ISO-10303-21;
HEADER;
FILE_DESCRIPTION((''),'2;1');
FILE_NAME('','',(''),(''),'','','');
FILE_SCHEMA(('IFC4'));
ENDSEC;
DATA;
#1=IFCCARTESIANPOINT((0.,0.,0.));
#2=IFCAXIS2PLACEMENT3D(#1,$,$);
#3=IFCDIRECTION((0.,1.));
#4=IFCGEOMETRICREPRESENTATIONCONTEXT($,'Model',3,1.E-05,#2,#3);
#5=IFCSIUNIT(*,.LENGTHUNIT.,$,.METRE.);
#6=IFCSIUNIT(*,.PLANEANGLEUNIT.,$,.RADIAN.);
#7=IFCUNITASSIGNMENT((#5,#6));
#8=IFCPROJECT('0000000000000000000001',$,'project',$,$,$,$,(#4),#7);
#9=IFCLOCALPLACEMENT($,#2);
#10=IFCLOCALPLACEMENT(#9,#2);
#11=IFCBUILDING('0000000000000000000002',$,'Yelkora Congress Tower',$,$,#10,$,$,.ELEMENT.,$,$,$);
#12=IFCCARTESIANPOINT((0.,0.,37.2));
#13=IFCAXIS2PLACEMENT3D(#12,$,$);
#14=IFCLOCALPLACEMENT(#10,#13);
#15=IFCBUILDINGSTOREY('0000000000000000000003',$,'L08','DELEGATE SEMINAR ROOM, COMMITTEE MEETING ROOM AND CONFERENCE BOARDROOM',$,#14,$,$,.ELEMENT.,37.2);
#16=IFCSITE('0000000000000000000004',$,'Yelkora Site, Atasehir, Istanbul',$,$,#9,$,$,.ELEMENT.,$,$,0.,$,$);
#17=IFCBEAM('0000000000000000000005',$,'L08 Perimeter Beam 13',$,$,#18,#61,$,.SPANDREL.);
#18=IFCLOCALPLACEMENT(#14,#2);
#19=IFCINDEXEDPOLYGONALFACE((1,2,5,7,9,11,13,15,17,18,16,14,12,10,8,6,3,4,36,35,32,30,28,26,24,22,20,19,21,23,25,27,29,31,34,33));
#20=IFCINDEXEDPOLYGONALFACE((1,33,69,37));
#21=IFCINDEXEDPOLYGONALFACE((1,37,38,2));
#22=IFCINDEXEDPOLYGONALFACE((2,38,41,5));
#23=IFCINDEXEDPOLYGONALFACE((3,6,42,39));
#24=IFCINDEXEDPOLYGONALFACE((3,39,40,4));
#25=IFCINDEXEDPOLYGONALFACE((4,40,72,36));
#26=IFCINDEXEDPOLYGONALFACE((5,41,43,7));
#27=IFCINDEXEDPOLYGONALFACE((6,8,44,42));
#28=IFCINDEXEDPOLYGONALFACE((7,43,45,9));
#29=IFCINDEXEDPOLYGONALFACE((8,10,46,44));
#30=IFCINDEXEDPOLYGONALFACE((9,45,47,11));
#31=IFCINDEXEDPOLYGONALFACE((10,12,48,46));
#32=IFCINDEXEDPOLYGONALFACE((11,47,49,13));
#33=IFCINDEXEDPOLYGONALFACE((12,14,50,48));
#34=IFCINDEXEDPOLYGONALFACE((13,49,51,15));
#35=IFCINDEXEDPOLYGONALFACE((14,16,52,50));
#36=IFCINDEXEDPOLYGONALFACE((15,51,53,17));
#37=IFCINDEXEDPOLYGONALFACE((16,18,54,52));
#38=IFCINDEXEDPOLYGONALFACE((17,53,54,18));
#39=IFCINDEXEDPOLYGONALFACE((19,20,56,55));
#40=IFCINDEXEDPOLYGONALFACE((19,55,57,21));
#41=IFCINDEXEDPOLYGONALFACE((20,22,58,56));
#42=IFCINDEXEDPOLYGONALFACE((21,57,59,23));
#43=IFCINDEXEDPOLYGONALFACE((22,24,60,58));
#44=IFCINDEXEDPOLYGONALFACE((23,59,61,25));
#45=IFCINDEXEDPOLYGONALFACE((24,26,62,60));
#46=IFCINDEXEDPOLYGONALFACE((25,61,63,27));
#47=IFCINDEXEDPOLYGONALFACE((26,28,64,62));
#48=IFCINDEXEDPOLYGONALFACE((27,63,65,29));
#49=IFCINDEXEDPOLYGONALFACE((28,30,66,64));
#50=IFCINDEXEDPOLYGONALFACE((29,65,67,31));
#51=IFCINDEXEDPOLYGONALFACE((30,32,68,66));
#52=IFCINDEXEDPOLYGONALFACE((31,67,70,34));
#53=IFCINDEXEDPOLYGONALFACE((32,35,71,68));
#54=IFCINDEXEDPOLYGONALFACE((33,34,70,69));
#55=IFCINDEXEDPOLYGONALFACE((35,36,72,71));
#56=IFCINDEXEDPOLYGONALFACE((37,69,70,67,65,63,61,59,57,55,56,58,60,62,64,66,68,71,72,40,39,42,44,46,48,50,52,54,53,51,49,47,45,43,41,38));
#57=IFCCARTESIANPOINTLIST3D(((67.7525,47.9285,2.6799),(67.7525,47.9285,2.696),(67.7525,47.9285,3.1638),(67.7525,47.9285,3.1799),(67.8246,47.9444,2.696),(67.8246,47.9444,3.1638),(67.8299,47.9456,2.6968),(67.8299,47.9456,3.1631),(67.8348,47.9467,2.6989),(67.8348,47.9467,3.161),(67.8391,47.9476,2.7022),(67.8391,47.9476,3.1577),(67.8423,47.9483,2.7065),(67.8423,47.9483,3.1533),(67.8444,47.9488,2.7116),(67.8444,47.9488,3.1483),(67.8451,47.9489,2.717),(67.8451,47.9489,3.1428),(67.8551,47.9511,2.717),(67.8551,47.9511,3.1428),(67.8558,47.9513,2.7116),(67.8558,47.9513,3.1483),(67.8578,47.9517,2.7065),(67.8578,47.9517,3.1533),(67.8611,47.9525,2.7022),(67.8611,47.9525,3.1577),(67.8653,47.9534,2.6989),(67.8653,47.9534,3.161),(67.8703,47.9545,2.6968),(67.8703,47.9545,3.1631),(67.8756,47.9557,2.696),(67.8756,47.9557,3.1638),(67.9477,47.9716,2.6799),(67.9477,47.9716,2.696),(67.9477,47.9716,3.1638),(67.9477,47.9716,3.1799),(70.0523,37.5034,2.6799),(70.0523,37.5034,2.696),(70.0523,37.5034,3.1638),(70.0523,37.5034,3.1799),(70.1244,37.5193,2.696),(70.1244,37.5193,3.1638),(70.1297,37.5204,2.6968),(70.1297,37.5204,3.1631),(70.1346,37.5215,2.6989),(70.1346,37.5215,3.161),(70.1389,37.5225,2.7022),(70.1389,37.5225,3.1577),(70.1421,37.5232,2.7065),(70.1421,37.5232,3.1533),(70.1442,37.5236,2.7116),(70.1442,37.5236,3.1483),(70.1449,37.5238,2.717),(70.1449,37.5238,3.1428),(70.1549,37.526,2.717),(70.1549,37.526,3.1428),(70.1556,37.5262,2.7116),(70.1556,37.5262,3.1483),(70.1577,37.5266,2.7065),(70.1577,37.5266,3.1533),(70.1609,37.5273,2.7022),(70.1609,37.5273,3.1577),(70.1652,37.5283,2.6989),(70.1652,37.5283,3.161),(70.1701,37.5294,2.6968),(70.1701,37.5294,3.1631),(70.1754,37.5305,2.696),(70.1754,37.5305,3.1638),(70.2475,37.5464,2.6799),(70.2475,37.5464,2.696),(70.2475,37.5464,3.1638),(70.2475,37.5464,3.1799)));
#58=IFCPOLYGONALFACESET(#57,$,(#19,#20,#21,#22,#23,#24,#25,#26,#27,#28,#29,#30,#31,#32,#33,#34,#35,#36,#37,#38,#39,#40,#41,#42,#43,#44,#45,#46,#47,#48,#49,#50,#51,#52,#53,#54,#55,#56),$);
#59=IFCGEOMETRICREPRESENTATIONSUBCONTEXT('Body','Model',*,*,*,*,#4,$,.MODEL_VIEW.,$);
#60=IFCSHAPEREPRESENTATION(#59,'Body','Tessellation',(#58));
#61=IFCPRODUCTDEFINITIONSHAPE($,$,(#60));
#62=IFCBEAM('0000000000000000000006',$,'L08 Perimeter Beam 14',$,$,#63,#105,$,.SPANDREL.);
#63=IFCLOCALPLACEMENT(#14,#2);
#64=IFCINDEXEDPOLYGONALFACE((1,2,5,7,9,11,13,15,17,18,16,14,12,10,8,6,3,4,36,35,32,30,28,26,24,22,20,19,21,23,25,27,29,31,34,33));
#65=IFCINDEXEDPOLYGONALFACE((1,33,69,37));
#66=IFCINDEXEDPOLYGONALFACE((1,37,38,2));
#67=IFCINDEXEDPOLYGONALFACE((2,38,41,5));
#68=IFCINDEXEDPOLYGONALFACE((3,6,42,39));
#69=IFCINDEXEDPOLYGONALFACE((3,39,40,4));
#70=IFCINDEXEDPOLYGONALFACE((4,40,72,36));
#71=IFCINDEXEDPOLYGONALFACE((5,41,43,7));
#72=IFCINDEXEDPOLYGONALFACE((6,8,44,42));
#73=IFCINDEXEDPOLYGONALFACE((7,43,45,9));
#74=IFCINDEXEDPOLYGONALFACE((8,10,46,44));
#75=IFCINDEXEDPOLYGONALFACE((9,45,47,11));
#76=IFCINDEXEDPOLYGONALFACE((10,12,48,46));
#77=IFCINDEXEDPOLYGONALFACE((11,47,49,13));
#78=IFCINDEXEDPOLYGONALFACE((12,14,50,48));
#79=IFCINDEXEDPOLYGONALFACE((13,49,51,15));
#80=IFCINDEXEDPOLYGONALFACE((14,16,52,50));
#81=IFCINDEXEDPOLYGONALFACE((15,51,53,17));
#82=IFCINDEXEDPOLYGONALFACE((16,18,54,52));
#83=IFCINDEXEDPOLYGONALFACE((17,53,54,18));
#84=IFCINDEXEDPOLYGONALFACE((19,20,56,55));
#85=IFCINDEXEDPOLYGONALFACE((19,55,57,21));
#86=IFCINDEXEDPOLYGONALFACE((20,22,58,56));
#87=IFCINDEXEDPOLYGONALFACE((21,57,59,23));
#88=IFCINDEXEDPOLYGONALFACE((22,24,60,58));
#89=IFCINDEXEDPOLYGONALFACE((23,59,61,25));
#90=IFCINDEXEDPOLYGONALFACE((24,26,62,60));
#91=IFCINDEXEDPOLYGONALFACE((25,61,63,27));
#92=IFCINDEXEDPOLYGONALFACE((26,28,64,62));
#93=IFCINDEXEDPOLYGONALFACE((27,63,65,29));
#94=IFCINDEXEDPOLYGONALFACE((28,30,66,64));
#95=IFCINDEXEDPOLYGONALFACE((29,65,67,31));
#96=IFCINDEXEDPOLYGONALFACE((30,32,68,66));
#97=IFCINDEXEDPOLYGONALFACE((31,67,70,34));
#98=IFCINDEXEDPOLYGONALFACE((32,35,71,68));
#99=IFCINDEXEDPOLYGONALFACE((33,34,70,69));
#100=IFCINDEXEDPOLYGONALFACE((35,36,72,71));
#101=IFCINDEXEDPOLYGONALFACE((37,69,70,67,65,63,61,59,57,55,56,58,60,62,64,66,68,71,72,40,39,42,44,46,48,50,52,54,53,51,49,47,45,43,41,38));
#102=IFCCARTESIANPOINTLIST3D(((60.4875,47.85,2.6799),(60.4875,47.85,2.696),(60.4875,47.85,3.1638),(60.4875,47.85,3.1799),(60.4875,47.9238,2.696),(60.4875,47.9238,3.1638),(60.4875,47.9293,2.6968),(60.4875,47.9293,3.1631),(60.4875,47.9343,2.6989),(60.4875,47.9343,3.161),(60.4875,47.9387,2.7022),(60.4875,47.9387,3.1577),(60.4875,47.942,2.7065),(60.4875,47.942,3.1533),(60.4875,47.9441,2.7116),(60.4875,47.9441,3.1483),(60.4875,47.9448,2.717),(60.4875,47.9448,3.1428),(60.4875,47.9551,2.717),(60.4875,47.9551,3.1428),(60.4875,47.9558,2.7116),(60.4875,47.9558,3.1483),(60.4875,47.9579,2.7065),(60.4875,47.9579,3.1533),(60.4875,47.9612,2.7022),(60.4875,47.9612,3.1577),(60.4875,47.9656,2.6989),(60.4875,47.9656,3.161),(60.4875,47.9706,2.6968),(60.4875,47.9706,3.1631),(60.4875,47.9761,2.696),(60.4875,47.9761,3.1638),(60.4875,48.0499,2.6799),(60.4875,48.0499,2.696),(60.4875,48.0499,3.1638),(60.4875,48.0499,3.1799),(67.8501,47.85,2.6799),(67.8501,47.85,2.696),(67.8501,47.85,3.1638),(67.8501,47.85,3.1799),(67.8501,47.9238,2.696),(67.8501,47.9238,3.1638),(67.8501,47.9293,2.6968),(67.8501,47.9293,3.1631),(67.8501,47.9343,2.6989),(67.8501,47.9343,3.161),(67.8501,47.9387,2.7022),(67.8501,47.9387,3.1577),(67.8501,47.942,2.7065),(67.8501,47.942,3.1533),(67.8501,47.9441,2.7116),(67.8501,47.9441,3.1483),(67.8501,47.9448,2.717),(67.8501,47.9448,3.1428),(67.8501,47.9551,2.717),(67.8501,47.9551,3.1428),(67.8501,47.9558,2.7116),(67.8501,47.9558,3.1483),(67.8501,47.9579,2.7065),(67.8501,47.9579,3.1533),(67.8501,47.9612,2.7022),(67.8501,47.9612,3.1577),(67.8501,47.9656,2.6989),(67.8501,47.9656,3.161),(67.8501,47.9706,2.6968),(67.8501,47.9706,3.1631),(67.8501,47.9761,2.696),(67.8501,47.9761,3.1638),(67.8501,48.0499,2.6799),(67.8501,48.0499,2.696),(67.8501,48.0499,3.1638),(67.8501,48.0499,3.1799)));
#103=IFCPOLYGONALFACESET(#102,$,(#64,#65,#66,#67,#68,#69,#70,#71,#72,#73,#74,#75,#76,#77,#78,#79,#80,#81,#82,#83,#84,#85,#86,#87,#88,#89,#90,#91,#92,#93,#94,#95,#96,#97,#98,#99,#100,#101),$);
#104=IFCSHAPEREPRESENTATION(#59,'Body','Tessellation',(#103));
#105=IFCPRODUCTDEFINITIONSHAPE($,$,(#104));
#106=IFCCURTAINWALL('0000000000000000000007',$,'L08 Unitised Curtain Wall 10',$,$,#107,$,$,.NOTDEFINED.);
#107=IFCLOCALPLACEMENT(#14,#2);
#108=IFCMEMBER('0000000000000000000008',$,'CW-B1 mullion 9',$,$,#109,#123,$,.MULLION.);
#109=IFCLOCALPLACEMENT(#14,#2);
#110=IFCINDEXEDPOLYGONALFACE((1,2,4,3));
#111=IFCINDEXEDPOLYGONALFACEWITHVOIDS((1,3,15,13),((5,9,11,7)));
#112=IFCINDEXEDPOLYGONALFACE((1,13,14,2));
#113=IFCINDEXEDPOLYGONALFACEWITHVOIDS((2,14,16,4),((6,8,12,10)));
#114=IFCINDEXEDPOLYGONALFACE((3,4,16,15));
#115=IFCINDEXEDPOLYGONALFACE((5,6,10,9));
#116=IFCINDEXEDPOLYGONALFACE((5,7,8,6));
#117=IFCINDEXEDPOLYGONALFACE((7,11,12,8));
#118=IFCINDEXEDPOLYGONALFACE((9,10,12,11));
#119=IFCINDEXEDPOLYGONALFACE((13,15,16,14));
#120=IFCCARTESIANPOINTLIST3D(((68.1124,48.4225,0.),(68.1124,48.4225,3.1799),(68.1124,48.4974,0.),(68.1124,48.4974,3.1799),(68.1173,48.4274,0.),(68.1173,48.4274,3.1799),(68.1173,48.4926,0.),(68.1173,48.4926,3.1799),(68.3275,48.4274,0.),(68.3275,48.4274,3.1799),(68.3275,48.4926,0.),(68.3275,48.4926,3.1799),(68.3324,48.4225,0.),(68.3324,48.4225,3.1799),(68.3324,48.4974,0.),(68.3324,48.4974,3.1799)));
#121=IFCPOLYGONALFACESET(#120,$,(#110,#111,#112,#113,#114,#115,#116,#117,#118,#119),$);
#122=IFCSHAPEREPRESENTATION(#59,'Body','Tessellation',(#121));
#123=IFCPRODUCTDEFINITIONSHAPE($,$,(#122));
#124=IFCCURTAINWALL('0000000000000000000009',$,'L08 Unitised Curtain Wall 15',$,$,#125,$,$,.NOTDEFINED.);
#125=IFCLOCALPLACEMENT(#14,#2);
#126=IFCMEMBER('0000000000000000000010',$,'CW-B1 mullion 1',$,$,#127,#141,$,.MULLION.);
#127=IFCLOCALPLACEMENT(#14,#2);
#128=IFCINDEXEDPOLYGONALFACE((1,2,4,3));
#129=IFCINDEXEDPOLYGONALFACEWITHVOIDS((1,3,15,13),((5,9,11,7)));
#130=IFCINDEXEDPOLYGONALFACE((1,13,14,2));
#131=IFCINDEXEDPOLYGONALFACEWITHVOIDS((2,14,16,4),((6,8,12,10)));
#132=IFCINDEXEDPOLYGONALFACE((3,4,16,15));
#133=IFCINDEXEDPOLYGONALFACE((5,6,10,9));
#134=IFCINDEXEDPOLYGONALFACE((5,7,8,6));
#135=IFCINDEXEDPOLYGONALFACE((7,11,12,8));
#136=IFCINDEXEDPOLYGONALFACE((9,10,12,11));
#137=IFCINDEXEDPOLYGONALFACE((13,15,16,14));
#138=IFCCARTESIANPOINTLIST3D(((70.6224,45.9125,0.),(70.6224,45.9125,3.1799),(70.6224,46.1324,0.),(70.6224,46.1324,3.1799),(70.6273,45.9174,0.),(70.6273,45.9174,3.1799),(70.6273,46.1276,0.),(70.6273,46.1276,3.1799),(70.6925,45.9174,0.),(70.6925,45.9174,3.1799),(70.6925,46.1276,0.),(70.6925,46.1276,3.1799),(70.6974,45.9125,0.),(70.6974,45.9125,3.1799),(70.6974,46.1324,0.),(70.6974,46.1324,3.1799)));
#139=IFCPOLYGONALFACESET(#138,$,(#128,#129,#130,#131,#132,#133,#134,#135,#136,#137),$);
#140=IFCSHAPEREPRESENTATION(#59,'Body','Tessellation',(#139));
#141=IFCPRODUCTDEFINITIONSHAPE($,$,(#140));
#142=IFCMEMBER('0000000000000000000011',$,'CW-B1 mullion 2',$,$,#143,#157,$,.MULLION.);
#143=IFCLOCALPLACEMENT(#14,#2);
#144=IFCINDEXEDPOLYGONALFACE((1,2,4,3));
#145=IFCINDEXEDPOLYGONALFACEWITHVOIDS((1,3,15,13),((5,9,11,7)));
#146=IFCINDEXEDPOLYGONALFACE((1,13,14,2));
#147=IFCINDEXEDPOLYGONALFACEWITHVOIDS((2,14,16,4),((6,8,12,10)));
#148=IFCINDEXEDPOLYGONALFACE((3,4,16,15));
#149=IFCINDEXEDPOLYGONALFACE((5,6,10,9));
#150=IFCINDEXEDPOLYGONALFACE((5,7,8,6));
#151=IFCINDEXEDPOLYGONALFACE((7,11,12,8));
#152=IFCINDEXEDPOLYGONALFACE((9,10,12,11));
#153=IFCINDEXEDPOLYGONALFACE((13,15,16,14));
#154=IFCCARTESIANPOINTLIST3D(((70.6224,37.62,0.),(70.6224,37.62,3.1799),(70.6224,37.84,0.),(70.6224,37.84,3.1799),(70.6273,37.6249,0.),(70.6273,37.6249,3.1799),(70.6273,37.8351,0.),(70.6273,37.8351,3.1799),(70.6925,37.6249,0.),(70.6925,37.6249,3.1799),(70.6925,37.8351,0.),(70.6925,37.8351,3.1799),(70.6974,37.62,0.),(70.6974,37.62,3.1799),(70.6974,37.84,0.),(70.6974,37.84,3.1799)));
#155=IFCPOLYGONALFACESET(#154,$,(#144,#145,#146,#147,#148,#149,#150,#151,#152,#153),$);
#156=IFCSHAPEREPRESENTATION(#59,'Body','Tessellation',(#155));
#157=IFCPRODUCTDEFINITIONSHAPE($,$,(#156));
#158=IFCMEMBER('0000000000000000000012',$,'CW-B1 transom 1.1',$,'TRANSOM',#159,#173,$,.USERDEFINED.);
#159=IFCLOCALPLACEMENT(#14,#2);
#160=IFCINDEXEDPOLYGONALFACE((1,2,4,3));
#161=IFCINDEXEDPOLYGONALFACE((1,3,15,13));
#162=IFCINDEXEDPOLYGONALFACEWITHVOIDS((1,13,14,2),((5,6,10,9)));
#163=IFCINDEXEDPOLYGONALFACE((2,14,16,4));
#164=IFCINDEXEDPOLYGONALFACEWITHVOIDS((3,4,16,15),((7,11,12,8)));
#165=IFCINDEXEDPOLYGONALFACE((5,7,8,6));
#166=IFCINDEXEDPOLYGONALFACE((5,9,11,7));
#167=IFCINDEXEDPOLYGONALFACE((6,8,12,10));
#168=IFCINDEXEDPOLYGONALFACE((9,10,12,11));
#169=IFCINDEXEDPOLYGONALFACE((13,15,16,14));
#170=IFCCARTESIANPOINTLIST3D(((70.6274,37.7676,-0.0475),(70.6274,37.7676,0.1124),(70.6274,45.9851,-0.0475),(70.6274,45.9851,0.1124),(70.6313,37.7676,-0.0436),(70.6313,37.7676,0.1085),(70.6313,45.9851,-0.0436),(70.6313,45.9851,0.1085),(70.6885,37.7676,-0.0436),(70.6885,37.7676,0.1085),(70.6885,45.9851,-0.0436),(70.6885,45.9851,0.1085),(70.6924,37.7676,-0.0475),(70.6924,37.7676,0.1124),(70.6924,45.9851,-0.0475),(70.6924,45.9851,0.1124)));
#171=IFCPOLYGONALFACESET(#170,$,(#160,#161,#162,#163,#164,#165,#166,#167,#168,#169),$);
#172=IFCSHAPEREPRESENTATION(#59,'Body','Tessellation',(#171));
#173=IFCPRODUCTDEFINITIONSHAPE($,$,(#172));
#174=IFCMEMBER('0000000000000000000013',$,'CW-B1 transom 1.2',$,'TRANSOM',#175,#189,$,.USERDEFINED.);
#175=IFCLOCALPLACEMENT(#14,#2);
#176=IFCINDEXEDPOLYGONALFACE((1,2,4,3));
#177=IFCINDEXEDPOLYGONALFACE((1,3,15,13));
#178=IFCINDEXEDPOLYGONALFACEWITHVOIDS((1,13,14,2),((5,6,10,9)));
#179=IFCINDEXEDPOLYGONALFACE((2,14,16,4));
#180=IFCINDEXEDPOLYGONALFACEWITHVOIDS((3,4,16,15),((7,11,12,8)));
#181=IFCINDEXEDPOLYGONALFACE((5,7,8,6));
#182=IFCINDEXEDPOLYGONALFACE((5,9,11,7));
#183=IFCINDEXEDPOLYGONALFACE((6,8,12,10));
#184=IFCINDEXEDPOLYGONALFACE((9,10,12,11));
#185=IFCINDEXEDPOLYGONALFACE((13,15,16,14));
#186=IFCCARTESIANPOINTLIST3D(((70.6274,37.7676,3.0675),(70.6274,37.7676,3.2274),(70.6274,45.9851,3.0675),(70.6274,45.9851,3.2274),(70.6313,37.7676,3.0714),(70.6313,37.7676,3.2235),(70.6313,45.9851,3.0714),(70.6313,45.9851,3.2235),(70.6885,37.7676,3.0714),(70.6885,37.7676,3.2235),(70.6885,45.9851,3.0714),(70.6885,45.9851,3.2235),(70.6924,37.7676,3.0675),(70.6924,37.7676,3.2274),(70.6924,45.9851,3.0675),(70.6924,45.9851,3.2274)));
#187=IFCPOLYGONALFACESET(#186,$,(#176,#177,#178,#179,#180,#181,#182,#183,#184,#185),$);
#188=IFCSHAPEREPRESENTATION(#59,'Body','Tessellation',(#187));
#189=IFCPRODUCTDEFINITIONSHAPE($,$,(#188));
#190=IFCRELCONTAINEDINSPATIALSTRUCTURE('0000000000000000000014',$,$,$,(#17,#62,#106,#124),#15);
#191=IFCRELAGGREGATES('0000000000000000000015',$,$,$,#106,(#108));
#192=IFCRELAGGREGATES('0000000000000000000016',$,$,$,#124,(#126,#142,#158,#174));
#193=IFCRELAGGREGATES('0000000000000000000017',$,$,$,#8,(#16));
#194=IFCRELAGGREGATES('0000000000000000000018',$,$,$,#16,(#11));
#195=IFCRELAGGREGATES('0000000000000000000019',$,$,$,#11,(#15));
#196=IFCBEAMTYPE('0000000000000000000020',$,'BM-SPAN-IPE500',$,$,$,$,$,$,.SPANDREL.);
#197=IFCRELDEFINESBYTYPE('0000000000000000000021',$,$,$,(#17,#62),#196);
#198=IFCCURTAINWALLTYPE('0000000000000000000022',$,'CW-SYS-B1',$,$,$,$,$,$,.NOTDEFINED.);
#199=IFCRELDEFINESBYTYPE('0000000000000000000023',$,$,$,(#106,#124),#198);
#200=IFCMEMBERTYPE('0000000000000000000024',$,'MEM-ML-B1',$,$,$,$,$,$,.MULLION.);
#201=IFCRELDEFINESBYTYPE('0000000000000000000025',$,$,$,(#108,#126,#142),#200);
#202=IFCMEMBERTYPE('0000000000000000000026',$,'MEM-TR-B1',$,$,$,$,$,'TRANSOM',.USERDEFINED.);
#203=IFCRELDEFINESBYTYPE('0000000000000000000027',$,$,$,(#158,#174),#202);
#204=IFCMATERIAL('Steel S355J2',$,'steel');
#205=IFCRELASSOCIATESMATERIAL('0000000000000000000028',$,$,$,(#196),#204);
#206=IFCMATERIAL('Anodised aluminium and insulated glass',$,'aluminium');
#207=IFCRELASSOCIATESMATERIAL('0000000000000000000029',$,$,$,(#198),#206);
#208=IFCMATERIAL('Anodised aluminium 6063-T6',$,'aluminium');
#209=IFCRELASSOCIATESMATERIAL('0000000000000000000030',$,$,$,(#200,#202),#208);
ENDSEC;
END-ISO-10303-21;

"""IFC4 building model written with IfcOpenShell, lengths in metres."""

from ifc_helpers import new_model, si_unit, direction, frame, origin, origin_2d, place, context, subcontext, project, spatial, hollow_rectangle, i_section, extrude, material, material_profile, profile_set, type_object, element, aggregate, save


model = new_model("IFC4")

# Units and contexts
model_context = context("Model", 3, precision=1e-05, world=origin(), true_north=direction((0.0, 1.0)))
body_context = subcontext(model_context, "Body", "Model", "MODEL_VIEW")
ifc_project = project(units=[si_unit("LENGTHUNIT", "METRE"), si_unit("PLANEANGLEUNIT", "RADIAN")], contexts=[model_context])

# Site, building, storey
site_placement = place(None, origin())
site = spatial("IfcSite", under=ifc_project, at=site_placement, Name="Yelkora Site, Atasehir, Istanbul", CompositionType="ELEMENT", RefElevation=0.0)
building_placement = place(site_placement, origin())
building = spatial("IfcBuilding", under=site, at=building_placement, Name="Yelkora Congress Tower", CompositionType="ELEMENT")
storey_placement = place(building_placement, frame((0.0, 0.0, 37.2)))
storey = spatial("IfcBuildingStorey", under=building, at=storey_placement, Name="L08", Description="DELEGATE SEMINAR ROOM, COMMITTEE MEETING ROOM AND CONFERENCE BOARDROOM", CompositionType="ELEMENT", Elevation=37.2)

# Beams
ifc_material_1 = material(Name="Steel S355J2", Category="steel")
ifc_material_profile_1 = material_profile(ifc_material_1, i_section(OverallWidth=0.2, OverallDepth=0.5, WebThickness=0.0103, FlangeThickness=0.0161, FilletRadius=0.021, at=origin_2d()), Name="IPE 500")
ifc_profile_set_1 = profile_set([ifc_material_profile_1], Name="Steel S355J2")
beam_type_1 = type_object("IfcBeamType", Name="BM-SPAN-IPE500", PredefinedType="SPANDREL", material=ifc_profile_set_1)
beam_1_placement = place(storey_placement, frame((70.1499, 37.5249, 2.9299), z_axis=(-0.215424, 0.976521, 0.0), x_axis=(-0.976521, -0.215424, 0.0)))
element("IfcBeam", 1, at=beam_1_placement, inside=storey, type_object=beam_type_1, Name="L08 Perimeter Beam 13", PredefinedType="SPANDREL", context=body_context, shape_type="SweptSolid", body=[
    extrude(i_section(OverallWidth=0.2, OverallDepth=0.5, WebThickness=0.0103, FlangeThickness=0.0161, FilletRadius=0.021, at=origin_2d()), origin(), (0.0, 0.0, 1.0), 10.6758),
])
beam_2_placement = place(storey_placement, frame((67.8501, 47.95, 2.9299), z_axis=(-1.0, 0.0, 0.0), x_axis=(0.0, -1.0, 0.0)))
element("IfcBeam", 2, at=beam_2_placement, inside=storey, type_object=beam_type_1, Name="L08 Perimeter Beam 14", PredefinedType="SPANDREL", context=body_context, shape_type="SweptSolid", body=[
    extrude(i_section(OverallWidth=0.2, OverallDepth=0.5, WebThickness=0.0103, FlangeThickness=0.0161, FilletRadius=0.021, at=origin_2d()), origin(), (0.0, 0.0, 1.0), 7.3625),
])

# Curtain wall, member
ifc_material_2 = material(Name="Anodised aluminium and insulated glass", Category="aluminium")
curtain_wall_type = type_object("IfcCurtainWallType", Name="CW-SYS-B1", PredefinedType="NOTDEFINED", material=ifc_material_2)
curtain_wall_1_placement = place(storey_placement, origin())
curtain_wall_1 = element("IfcCurtainWall", 3, at=curtain_wall_1_placement, inside=storey, type_object=curtain_wall_type, Name="L08 Unitised Curtain Wall 10", PredefinedType="NOTDEFINED")
ifc_material_3 = material(Name="Anodised aluminium 6063-T6", Category="aluminium")
ifc_material_profile_2 = material_profile(ifc_material_3, hollow_rectangle(XDim=0.075, YDim=0.22, WallThickness=0.0049, at=origin_2d()), Name="ALU 75x220x5")
ifc_profile_set_2 = profile_set([ifc_material_profile_2], Name="Anodised aluminium 6063-T6")
member_type_1 = type_object("IfcMemberType", Name="MEM-ML-B1", PredefinedType="MULLION", material=ifc_profile_set_2)
member_1_placement = place(storey_placement, frame((68.2224, 48.46, 0.0), z_axis=(0.0, 0.0, 1.0), x_axis=(0.0, 1.0, 0.0)))
member_1 = element("IfcMember", 4, at=member_1_placement, type_object=member_type_1, Name="CW-B1 mullion 9", PredefinedType="MULLION", context=body_context, shape_type="SweptSolid", body=[
    extrude(hollow_rectangle(XDim=0.075, YDim=0.22, WallThickness=0.0049, at=origin_2d()), origin(), (0.0, 0.0, 1.0), 3.1799),
])

# Curtain wall, members
curtain_wall_2_placement = place(storey_placement, origin())
curtain_wall_2 = element("IfcCurtainWall", 5, at=curtain_wall_2_placement, inside=storey, type_object=curtain_wall_type, Name="L08 Unitised Curtain Wall 15", PredefinedType="NOTDEFINED")
member_2_placement = place(storey_placement, frame((70.6599, 46.0225, 0.0), z_axis=(0.0, 0.0, 1.0), x_axis=(1.0, 0.0, 0.0)))
member_2 = element("IfcMember", 6, at=member_2_placement, type_object=member_type_1, Name="CW-B1 mullion 1", PredefinedType="MULLION", context=body_context, shape_type="SweptSolid", body=[
    extrude(hollow_rectangle(XDim=0.075, YDim=0.22, WallThickness=0.0049, at=origin_2d()), origin(), (0.0, 0.0, 1.0), 3.1799),
])
member_3_placement = place(storey_placement, frame((70.6599, 37.73, 0.0), z_axis=(0.0, 0.0, 1.0), x_axis=(1.0, 0.0, 0.0)))
member_3 = element("IfcMember", 7, at=member_3_placement, type_object=member_type_1, Name="CW-B1 mullion 2", PredefinedType="MULLION", context=body_context, shape_type="SweptSolid", body=[
    extrude(hollow_rectangle(XDim=0.075, YDim=0.22, WallThickness=0.0049, at=origin_2d()), origin(), (0.0, 0.0, 1.0), 3.1799),
])
ifc_material_profile_3 = material_profile(ifc_material_3, hollow_rectangle(XDim=0.0649, YDim=0.1599, WallThickness=0.0039, at=origin_2d()), Name="ALU 65x160x4")
ifc_profile_set_3 = profile_set([ifc_material_profile_3], Name="Anodised aluminium 6063-T6")
member_type_2 = type_object("IfcMemberType", Name="MEM-TR-B1", ElementType="TRANSOM", PredefinedType="USERDEFINED", material=ifc_profile_set_3)
member_4_placement = place(storey_placement, frame((70.6599, 45.9851, 0.0325), z_axis=(0.0, -1.0, 0.0), x_axis=(1.0, 0.0, 0.0)))
member_4 = element("IfcMember", 8, at=member_4_placement, type_object=member_type_2, Name="CW-B1 transom 1.1", ObjectType="TRANSOM", PredefinedType="USERDEFINED", context=body_context, shape_type="SweptSolid", body=[
    extrude(hollow_rectangle(XDim=0.0649, YDim=0.1599, WallThickness=0.0039, at=origin_2d()), origin(), (0.0, 0.0, 1.0), 8.2175),
])
member_5_placement = place(storey_placement, frame((70.6599, 45.9851, 3.1475), z_axis=(0.0, -1.0, 0.0), x_axis=(1.0, 0.0, 0.0)))
member_5 = element("IfcMember", 9, at=member_5_placement, type_object=member_type_2, Name="CW-B1 transom 1.2", ObjectType="TRANSOM", PredefinedType="USERDEFINED", context=body_context, shape_type="SweptSolid", body=[
    extrude(hollow_rectangle(XDim=0.0649, YDim=0.1599, WallThickness=0.0039, at=origin_2d()), origin(), (0.0, 0.0, 1.0), 8.2175),
])

aggregate(curtain_wall_1, [member_1])
aggregate(curtain_wall_2, [member_2, member_3, member_4, member_5])

save(model, "model.ifc")
